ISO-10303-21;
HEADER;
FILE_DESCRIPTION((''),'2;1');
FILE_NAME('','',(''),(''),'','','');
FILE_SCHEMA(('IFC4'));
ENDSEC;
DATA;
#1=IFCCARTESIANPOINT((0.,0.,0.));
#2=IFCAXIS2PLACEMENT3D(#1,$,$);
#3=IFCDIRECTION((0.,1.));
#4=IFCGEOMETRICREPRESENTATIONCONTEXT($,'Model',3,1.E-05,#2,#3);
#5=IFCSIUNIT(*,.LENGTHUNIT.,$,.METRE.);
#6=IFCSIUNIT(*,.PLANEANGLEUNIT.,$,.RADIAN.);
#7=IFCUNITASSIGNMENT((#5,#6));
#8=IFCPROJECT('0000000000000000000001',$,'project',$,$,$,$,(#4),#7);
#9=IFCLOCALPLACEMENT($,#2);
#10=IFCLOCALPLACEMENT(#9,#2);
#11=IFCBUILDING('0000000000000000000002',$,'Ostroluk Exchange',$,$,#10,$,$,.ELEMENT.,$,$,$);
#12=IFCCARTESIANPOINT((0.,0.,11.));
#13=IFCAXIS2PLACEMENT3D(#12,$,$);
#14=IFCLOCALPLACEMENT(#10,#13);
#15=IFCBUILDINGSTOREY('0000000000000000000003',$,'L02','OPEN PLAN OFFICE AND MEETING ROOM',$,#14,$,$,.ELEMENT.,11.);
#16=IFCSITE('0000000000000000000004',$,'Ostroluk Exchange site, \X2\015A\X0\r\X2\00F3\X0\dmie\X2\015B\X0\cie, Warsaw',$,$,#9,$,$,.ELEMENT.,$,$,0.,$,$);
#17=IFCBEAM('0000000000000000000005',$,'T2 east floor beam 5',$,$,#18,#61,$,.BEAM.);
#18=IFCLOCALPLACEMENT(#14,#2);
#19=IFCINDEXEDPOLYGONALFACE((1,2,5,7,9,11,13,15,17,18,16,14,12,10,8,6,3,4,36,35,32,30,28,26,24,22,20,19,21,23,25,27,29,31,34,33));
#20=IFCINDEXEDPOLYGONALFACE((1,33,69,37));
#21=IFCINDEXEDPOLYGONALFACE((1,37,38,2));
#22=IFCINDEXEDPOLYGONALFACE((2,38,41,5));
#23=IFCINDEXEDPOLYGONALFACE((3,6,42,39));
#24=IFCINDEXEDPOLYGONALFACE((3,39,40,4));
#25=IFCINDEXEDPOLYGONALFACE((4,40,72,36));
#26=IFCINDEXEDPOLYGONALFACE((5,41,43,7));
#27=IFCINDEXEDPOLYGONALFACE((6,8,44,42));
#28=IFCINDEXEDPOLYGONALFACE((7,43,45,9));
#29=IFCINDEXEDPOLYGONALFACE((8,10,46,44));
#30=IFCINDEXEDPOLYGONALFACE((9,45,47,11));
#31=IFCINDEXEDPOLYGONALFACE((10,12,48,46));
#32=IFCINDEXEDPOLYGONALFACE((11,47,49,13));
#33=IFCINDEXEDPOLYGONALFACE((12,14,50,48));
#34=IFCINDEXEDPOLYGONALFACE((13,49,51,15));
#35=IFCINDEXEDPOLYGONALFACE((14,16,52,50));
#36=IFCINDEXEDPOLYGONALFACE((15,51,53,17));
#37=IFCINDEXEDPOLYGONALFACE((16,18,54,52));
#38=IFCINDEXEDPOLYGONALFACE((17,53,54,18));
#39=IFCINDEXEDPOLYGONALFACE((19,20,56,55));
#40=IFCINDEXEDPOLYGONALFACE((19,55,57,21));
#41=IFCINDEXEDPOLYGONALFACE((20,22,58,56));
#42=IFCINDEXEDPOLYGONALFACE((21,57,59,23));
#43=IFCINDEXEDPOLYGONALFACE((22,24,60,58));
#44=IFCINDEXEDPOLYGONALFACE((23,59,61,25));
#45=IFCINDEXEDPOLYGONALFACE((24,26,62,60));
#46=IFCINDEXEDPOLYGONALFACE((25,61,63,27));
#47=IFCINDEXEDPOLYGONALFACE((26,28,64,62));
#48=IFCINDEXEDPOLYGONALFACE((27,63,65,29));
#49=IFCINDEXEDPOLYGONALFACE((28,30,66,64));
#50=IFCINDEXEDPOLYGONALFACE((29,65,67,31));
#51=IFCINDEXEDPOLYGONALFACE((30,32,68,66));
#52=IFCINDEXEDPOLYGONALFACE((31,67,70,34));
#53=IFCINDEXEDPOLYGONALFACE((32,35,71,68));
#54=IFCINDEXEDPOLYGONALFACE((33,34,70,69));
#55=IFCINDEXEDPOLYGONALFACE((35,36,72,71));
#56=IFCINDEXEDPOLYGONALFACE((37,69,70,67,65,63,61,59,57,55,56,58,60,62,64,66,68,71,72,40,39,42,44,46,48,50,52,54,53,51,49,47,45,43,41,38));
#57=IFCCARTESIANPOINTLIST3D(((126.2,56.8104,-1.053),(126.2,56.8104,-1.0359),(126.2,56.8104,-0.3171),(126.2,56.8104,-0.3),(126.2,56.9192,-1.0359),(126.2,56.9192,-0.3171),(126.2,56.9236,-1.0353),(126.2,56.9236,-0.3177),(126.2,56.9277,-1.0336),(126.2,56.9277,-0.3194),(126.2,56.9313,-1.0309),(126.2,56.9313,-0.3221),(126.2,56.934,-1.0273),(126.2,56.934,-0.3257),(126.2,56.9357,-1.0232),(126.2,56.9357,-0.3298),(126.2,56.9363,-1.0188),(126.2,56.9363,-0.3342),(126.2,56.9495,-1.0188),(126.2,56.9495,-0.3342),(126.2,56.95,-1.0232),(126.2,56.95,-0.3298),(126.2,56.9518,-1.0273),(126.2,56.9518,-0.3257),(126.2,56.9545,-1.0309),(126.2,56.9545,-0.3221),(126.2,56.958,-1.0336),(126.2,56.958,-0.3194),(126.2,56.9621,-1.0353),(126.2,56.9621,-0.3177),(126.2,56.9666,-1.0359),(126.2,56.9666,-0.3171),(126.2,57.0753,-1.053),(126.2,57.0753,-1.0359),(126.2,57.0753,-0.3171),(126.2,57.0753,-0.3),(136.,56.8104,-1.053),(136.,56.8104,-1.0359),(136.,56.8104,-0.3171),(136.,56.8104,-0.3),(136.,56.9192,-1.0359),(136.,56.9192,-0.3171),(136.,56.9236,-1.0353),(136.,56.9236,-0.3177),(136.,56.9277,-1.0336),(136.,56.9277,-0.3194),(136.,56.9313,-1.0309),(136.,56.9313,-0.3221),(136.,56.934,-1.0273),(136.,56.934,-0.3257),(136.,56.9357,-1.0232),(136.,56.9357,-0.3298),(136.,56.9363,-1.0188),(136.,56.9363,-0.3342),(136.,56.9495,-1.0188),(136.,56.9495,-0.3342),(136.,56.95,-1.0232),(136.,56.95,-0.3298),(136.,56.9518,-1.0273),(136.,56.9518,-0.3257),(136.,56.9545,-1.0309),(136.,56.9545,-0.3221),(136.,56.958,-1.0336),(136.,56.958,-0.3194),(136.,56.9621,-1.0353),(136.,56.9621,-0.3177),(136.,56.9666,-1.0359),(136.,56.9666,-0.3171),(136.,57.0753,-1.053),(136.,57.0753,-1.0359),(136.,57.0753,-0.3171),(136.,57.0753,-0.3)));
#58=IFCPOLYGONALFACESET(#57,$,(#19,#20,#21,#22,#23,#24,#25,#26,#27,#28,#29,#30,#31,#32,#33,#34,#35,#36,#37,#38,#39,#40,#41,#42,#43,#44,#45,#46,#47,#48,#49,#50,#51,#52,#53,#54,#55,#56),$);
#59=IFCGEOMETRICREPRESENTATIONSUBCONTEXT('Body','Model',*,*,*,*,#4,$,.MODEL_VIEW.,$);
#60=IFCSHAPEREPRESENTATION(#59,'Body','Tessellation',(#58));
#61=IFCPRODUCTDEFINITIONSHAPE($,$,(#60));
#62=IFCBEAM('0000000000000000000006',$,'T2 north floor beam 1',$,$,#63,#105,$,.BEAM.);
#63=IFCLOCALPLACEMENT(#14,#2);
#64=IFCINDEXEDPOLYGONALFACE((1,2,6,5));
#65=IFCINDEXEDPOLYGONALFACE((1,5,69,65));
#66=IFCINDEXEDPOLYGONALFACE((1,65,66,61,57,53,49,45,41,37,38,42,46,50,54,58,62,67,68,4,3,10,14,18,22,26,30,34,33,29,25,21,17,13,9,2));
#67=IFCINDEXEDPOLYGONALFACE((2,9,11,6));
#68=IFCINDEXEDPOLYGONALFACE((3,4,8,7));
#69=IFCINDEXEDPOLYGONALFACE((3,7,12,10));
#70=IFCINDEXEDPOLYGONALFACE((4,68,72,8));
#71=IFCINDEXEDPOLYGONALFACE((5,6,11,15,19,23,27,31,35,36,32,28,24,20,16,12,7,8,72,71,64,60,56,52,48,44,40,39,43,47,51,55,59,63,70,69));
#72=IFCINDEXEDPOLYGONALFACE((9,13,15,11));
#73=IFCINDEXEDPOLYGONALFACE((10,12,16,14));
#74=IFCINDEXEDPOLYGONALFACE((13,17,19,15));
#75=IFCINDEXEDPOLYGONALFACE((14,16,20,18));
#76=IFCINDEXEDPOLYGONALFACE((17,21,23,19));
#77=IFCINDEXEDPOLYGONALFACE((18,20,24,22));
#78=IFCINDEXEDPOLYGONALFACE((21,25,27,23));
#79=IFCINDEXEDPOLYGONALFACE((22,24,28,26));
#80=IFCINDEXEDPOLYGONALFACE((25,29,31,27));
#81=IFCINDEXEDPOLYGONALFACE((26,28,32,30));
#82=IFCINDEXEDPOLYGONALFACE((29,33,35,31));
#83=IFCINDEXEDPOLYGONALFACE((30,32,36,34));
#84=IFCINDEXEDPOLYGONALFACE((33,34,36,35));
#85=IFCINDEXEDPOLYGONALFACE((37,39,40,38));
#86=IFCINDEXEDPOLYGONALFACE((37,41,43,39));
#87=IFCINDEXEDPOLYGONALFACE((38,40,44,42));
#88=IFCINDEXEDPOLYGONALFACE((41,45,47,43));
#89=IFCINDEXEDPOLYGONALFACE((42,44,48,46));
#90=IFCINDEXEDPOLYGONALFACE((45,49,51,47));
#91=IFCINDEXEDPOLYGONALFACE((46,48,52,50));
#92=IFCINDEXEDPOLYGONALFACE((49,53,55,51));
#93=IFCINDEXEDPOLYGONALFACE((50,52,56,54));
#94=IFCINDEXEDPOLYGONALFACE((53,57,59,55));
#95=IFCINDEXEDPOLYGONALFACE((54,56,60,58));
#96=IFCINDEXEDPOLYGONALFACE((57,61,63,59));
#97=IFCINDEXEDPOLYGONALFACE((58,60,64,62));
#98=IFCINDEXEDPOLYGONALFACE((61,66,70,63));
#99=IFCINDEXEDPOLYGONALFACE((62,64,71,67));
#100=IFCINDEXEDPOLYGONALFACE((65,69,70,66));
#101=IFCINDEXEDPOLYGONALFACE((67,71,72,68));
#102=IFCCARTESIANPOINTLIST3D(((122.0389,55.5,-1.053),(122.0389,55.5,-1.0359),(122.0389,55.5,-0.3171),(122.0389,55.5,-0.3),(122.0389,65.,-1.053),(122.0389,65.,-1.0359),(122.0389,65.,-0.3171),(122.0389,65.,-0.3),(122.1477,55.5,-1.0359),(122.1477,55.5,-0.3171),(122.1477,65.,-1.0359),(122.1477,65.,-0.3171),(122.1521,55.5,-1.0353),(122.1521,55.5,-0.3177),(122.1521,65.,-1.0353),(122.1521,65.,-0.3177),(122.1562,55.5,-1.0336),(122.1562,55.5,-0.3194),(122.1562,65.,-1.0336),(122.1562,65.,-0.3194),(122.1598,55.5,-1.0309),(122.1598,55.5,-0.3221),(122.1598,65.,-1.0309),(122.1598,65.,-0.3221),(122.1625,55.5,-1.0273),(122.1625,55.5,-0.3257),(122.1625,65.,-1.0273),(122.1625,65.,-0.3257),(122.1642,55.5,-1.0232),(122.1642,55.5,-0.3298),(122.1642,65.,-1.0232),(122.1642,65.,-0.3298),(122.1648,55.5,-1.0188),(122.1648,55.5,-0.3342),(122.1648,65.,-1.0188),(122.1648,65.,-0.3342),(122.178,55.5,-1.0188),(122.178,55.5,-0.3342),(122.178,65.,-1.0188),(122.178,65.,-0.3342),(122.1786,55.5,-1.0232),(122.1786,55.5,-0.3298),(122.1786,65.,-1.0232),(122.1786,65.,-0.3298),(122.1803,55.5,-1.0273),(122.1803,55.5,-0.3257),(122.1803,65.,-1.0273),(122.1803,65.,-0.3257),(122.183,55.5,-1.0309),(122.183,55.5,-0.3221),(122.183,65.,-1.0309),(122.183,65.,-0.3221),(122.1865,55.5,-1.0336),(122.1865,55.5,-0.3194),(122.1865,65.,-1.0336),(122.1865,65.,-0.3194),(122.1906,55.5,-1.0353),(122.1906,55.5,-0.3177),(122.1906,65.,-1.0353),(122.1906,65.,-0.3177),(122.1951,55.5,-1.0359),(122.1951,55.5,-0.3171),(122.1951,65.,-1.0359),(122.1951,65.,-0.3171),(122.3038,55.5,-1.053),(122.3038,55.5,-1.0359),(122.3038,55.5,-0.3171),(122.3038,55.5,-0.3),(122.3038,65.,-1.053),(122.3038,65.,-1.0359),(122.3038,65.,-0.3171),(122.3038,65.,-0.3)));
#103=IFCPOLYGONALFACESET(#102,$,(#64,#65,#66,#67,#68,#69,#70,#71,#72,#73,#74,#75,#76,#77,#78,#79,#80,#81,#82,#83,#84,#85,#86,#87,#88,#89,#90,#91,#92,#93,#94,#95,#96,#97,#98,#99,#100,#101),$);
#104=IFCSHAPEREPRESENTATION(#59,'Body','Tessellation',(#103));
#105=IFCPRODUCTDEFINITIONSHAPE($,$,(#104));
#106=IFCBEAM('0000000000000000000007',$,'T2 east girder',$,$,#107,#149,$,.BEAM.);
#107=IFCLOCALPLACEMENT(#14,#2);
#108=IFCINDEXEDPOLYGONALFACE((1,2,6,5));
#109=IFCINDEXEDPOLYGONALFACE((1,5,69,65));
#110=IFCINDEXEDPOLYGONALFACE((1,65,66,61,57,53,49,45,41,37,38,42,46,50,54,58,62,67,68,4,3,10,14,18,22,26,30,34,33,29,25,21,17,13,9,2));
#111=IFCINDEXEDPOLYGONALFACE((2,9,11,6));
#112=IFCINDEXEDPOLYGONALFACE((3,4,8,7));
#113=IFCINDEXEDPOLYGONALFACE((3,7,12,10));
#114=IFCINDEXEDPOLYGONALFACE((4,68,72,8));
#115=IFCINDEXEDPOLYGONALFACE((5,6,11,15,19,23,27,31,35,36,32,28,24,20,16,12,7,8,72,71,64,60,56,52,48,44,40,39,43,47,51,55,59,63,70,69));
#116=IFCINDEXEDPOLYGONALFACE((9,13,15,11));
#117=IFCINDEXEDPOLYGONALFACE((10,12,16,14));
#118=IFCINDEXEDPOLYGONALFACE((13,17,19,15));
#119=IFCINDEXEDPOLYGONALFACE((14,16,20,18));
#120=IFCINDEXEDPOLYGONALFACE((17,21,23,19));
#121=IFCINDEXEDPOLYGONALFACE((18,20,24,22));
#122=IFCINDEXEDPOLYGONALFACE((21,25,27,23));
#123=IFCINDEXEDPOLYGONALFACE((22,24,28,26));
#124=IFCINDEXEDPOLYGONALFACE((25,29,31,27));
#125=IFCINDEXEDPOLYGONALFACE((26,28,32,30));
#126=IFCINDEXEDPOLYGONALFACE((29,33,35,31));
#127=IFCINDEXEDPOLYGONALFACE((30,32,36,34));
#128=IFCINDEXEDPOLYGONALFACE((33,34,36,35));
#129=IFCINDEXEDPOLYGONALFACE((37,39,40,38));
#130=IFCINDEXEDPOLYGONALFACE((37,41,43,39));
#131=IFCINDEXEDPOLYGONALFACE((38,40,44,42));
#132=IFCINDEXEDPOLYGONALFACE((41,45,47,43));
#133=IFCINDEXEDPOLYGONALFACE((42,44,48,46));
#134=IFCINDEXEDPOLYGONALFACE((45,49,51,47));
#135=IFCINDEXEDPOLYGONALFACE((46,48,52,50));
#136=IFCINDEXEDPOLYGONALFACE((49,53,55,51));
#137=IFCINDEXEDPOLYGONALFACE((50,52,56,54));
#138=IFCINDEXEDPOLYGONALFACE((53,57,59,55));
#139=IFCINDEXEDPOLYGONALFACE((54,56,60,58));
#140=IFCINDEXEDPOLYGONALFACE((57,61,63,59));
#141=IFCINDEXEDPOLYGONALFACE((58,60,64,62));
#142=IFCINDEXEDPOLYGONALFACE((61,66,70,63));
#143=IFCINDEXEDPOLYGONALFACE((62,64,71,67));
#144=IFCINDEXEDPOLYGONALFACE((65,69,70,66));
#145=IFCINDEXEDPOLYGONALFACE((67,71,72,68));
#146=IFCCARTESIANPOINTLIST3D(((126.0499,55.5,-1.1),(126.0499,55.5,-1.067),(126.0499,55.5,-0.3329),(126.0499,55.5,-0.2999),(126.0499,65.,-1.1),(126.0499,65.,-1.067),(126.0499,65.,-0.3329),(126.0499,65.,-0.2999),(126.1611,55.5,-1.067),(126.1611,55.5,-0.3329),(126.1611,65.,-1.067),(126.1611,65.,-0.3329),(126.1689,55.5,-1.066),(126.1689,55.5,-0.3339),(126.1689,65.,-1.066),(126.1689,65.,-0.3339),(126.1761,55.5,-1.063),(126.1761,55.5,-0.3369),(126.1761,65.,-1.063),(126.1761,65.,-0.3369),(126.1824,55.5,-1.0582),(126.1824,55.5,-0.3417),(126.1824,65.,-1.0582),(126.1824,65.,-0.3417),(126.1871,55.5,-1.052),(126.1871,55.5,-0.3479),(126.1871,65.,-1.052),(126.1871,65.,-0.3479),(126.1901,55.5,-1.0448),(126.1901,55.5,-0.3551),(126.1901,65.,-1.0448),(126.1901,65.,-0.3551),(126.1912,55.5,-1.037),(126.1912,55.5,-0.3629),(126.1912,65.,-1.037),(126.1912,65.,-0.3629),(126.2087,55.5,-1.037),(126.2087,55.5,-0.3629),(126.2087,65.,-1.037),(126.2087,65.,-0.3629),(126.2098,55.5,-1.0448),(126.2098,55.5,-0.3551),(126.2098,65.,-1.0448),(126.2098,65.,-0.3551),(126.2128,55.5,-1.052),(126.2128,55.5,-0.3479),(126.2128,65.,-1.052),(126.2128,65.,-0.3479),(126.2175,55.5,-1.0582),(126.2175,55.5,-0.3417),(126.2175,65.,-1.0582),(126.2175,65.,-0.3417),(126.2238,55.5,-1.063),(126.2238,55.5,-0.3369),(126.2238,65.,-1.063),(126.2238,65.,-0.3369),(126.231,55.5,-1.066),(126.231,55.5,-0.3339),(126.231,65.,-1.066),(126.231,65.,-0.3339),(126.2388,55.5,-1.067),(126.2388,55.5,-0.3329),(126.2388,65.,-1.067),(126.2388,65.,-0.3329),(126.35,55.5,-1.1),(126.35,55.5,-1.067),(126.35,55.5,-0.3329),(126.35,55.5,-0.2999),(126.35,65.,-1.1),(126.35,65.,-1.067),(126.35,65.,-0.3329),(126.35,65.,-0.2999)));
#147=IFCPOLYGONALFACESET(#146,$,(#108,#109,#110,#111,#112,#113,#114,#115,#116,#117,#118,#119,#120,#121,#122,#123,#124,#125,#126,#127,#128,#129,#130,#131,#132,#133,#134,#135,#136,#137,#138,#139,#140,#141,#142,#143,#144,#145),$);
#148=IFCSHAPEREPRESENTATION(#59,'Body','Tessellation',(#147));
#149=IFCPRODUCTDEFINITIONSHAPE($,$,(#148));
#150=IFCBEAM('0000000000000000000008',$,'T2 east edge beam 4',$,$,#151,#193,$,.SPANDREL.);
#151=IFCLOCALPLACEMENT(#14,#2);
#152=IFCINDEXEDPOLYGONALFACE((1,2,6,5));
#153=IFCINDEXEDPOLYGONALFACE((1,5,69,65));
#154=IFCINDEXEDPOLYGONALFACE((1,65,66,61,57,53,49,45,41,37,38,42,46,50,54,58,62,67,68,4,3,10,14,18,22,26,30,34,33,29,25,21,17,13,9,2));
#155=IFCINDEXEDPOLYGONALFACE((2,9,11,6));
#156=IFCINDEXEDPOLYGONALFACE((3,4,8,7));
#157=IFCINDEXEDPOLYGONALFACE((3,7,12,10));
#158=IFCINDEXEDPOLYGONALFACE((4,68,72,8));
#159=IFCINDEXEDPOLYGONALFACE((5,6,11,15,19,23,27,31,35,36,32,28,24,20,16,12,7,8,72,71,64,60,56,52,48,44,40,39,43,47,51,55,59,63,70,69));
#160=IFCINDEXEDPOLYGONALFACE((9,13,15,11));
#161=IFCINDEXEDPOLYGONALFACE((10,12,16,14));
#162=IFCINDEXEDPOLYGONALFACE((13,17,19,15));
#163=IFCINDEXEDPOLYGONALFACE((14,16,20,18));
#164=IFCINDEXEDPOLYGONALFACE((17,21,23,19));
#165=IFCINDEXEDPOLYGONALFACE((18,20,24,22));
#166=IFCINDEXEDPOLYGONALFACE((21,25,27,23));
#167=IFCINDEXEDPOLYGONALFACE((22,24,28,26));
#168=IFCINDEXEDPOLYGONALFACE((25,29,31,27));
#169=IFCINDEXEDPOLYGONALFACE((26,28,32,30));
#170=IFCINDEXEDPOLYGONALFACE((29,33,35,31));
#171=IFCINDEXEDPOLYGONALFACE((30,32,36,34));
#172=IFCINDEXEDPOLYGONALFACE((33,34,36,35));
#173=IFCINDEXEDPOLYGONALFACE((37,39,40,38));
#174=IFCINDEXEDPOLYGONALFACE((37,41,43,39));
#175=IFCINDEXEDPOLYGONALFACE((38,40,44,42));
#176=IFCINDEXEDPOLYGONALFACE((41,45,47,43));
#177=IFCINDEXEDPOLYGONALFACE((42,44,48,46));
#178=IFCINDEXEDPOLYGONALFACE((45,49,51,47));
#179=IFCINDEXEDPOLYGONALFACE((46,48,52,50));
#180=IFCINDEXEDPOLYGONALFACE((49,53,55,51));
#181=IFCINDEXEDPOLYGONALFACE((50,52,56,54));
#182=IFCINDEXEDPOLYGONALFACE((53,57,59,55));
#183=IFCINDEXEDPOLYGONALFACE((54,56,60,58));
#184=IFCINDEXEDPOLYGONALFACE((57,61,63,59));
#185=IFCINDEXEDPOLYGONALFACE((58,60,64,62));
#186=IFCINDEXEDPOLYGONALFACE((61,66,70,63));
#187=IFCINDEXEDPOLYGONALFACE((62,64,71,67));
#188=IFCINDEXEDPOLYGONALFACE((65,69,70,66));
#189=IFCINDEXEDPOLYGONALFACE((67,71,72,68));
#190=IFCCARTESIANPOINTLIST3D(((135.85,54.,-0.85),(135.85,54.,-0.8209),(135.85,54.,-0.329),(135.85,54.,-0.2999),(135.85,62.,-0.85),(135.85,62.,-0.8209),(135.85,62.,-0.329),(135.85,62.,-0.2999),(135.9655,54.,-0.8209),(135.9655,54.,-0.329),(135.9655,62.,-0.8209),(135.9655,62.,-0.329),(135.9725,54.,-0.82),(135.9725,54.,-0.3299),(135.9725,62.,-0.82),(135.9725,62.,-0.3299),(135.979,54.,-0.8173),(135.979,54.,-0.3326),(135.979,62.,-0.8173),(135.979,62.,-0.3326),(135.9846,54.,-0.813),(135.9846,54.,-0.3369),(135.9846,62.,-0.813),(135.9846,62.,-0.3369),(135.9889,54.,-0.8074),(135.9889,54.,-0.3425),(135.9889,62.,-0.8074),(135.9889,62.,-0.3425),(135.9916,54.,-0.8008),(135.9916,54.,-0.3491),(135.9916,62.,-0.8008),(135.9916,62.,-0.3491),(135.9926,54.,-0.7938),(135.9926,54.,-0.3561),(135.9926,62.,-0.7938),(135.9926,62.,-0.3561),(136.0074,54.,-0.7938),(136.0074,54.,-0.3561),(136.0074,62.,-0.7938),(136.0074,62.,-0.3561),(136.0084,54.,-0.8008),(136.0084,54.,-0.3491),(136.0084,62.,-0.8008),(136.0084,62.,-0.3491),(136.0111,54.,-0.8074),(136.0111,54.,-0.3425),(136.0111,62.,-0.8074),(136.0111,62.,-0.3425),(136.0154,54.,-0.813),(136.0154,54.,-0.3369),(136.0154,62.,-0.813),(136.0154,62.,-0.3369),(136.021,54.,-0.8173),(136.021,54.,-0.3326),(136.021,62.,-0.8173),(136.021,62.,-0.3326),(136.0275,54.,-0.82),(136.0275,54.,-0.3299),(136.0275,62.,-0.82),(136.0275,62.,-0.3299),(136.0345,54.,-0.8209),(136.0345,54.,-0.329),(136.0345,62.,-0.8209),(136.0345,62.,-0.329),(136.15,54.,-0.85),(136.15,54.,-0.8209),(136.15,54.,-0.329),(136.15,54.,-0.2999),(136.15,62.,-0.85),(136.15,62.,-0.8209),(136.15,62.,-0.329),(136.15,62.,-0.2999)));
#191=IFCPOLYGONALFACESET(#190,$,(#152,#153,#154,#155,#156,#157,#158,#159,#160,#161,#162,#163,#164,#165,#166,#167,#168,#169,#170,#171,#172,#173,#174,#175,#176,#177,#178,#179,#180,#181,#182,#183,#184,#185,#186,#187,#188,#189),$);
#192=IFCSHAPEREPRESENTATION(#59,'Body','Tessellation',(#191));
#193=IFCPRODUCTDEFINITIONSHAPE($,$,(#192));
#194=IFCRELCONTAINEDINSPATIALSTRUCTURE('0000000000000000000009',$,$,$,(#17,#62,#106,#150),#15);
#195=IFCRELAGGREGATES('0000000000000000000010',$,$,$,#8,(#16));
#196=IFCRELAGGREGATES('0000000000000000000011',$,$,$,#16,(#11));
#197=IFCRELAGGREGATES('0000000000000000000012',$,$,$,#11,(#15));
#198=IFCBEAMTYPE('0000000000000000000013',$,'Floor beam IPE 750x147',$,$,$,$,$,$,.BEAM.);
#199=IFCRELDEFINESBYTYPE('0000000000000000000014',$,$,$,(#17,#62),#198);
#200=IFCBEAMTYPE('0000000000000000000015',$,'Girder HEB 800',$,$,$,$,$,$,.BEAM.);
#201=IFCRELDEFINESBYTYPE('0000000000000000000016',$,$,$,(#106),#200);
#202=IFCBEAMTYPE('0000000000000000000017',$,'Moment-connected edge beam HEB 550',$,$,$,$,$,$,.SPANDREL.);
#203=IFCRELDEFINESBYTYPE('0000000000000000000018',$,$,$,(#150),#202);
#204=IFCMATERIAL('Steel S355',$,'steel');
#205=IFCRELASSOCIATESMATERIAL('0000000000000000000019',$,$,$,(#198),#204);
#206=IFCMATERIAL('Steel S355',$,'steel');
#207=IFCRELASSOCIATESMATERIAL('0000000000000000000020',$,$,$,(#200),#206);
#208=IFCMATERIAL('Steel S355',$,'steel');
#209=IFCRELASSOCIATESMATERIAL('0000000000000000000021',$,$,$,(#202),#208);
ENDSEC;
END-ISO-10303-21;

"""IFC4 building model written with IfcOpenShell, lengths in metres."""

from ifc_helpers import new_model, si_unit, direction, frame, origin, origin_2d, place, context, subcontext, project, spatial, i_section, extrude, material, material_profile, profile_set, type_object, element, save


model = new_model("IFC4")

# Units and contexts
model_context = context("Model", 3, precision=1e-05, world=origin(), true_north=direction((0.0, 1.0)))
body_context = subcontext(model_context, "Body", "Model", "MODEL_VIEW")
ifc_project = project(units=[si_unit("LENGTHUNIT", "METRE"), si_unit("PLANEANGLEUNIT", "RADIAN")], contexts=[model_context])

# Site, building, storey
site_placement = place(None, origin())
site = spatial("IfcSite", under=ifc_project, at=site_placement, Name="Ostroluk Exchange site, Śródmieście, Warsaw", CompositionType="ELEMENT", RefElevation=0.0)
building_placement = place(site_placement, origin())
building = spatial("IfcBuilding", under=site, at=building_placement, Name="Ostroluk Exchange", CompositionType="ELEMENT")
storey_placement = place(building_placement, frame((0.0, 0.0, 11.0)))
storey = spatial("IfcBuildingStorey", under=building, at=storey_placement, Name="L02", Description="OPEN PLAN OFFICE AND MEETING ROOM", CompositionType="ELEMENT", Elevation=11.0)

# Beams
ifc_material_1 = material(Name="Steel S355", Category="steel")
ifc_material_profile_1 = material_profile(ifc_material_1, i_section(OverallWidth=0.2649, OverallDepth=0.7529, WebThickness=0.0132, FlangeThickness=0.0171, FilletRadius=0.0171, at=origin_2d()), Name="IPE 750x147")
ifc_profile_set_1 = profile_set([ifc_material_profile_1], Name="Steel S355")
beam_type_1 = type_object("IfcBeamType", Name="Floor beam IPE 750x147", PredefinedType="BEAM", material=ifc_profile_set_1)
beam_1_placement = place(storey_placement, frame((126.2, 56.9429, -0.6765), z_axis=(1.0, 0.0, 0.0), x_axis=(0.0, 1.0, 0.0)))
element("IfcBeam", 1, at=beam_1_placement, inside=storey, type_object=beam_type_1, Name="T2 east floor beam 5", PredefinedType="BEAM", context=body_context, shape_type="SweptSolid", body=[
    extrude(i_section(OverallWidth=0.2649, OverallDepth=0.7529, WebThickness=0.0132, FlangeThickness=0.0171, FilletRadius=0.0171, at=origin_2d()), origin(), (0.0, 0.0, 1.0), 9.8),
])
beam_2_placement = place(storey_placement, frame((122.1714, 55.5, -0.6765), z_axis=(0.0, 1.0, 0.0), x_axis=(-1.0, 0.0, 0.0)))
element("IfcBeam", 2, at=beam_2_placement, inside=storey, type_object=beam_type_1, Name="T2 north floor beam 1", PredefinedType="BEAM", context=body_context, shape_type="SweptSolid", body=[
    extrude(i_section(OverallWidth=0.2649, OverallDepth=0.7529, WebThickness=0.0132, FlangeThickness=0.0171, FilletRadius=0.0171, at=origin_2d()), origin(), (0.0, 0.0, 1.0), 9.5),
])
ifc_material_2 = material(Name="Steel S355", Category="steel")
ifc_material_profile_2 = material_profile(ifc_material_2, i_section(OverallWidth=0.3, OverallDepth=0.8, WebThickness=0.0176, FlangeThickness=0.033, FilletRadius=0.03, at=origin_2d()), Name="HEB 800")
ifc_profile_set_2 = profile_set([ifc_material_profile_2], Name="Steel S355")
beam_type_2 = type_object("IfcBeamType", Name="Girder HEB 800", PredefinedType="BEAM", material=ifc_profile_set_2)
beam_3_placement = place(storey_placement, frame((126.2, 55.5, -0.7), z_axis=(0.0, 1.0, 0.0), x_axis=(-1.0, 0.0, 0.0)))
element("IfcBeam", 3, at=beam_3_placement, inside=storey, type_object=beam_type_2, Name="T2 east girder", PredefinedType="BEAM", context=body_context, shape_type="SweptSolid", body=[
    extrude(i_section(OverallWidth=0.3, OverallDepth=0.8, WebThickness=0.0176, FlangeThickness=0.033, FilletRadius=0.03, at=origin_2d()), origin(), (0.0, 0.0, 1.0), 9.5),
])
ifc_material_3 = material(Name="Steel S355", Category="steel")
ifc_material_profile_3 = material_profile(ifc_material_3, i_section(OverallWidth=0.3, OverallDepth=0.55, WebThickness=0.0149, FlangeThickness=0.0291, FilletRadius=0.0271, at=origin_2d()), Name="HEB 550")
ifc_profile_set_3 = profile_set([ifc_material_profile_3], Name="Steel S355")
beam_type_3 = type_object("IfcBeamType", Name="Moment-connected edge beam HEB 550", PredefinedType="SPANDREL", material=ifc_profile_set_3)
beam_4_placement = place(storey_placement, frame((136.0, 54.0, -0.575), z_axis=(0.0, 1.0, 0.0), x_axis=(-1.0, 0.0, 0.0)))
element("IfcBeam", 4, at=beam_4_placement, inside=storey, type_object=beam_type_3, Name="T2 east edge beam 4", PredefinedType="SPANDREL", context=body_context, shape_type="SweptSolid", body=[
    extrude(i_section(OverallWidth=0.3, OverallDepth=0.55, WebThickness=0.0149, FlangeThickness=0.0291, FilletRadius=0.0271, at=origin_2d()), origin(), (0.0, 0.0, 1.0), 8.0),
])

save(model, "model.ifc")
